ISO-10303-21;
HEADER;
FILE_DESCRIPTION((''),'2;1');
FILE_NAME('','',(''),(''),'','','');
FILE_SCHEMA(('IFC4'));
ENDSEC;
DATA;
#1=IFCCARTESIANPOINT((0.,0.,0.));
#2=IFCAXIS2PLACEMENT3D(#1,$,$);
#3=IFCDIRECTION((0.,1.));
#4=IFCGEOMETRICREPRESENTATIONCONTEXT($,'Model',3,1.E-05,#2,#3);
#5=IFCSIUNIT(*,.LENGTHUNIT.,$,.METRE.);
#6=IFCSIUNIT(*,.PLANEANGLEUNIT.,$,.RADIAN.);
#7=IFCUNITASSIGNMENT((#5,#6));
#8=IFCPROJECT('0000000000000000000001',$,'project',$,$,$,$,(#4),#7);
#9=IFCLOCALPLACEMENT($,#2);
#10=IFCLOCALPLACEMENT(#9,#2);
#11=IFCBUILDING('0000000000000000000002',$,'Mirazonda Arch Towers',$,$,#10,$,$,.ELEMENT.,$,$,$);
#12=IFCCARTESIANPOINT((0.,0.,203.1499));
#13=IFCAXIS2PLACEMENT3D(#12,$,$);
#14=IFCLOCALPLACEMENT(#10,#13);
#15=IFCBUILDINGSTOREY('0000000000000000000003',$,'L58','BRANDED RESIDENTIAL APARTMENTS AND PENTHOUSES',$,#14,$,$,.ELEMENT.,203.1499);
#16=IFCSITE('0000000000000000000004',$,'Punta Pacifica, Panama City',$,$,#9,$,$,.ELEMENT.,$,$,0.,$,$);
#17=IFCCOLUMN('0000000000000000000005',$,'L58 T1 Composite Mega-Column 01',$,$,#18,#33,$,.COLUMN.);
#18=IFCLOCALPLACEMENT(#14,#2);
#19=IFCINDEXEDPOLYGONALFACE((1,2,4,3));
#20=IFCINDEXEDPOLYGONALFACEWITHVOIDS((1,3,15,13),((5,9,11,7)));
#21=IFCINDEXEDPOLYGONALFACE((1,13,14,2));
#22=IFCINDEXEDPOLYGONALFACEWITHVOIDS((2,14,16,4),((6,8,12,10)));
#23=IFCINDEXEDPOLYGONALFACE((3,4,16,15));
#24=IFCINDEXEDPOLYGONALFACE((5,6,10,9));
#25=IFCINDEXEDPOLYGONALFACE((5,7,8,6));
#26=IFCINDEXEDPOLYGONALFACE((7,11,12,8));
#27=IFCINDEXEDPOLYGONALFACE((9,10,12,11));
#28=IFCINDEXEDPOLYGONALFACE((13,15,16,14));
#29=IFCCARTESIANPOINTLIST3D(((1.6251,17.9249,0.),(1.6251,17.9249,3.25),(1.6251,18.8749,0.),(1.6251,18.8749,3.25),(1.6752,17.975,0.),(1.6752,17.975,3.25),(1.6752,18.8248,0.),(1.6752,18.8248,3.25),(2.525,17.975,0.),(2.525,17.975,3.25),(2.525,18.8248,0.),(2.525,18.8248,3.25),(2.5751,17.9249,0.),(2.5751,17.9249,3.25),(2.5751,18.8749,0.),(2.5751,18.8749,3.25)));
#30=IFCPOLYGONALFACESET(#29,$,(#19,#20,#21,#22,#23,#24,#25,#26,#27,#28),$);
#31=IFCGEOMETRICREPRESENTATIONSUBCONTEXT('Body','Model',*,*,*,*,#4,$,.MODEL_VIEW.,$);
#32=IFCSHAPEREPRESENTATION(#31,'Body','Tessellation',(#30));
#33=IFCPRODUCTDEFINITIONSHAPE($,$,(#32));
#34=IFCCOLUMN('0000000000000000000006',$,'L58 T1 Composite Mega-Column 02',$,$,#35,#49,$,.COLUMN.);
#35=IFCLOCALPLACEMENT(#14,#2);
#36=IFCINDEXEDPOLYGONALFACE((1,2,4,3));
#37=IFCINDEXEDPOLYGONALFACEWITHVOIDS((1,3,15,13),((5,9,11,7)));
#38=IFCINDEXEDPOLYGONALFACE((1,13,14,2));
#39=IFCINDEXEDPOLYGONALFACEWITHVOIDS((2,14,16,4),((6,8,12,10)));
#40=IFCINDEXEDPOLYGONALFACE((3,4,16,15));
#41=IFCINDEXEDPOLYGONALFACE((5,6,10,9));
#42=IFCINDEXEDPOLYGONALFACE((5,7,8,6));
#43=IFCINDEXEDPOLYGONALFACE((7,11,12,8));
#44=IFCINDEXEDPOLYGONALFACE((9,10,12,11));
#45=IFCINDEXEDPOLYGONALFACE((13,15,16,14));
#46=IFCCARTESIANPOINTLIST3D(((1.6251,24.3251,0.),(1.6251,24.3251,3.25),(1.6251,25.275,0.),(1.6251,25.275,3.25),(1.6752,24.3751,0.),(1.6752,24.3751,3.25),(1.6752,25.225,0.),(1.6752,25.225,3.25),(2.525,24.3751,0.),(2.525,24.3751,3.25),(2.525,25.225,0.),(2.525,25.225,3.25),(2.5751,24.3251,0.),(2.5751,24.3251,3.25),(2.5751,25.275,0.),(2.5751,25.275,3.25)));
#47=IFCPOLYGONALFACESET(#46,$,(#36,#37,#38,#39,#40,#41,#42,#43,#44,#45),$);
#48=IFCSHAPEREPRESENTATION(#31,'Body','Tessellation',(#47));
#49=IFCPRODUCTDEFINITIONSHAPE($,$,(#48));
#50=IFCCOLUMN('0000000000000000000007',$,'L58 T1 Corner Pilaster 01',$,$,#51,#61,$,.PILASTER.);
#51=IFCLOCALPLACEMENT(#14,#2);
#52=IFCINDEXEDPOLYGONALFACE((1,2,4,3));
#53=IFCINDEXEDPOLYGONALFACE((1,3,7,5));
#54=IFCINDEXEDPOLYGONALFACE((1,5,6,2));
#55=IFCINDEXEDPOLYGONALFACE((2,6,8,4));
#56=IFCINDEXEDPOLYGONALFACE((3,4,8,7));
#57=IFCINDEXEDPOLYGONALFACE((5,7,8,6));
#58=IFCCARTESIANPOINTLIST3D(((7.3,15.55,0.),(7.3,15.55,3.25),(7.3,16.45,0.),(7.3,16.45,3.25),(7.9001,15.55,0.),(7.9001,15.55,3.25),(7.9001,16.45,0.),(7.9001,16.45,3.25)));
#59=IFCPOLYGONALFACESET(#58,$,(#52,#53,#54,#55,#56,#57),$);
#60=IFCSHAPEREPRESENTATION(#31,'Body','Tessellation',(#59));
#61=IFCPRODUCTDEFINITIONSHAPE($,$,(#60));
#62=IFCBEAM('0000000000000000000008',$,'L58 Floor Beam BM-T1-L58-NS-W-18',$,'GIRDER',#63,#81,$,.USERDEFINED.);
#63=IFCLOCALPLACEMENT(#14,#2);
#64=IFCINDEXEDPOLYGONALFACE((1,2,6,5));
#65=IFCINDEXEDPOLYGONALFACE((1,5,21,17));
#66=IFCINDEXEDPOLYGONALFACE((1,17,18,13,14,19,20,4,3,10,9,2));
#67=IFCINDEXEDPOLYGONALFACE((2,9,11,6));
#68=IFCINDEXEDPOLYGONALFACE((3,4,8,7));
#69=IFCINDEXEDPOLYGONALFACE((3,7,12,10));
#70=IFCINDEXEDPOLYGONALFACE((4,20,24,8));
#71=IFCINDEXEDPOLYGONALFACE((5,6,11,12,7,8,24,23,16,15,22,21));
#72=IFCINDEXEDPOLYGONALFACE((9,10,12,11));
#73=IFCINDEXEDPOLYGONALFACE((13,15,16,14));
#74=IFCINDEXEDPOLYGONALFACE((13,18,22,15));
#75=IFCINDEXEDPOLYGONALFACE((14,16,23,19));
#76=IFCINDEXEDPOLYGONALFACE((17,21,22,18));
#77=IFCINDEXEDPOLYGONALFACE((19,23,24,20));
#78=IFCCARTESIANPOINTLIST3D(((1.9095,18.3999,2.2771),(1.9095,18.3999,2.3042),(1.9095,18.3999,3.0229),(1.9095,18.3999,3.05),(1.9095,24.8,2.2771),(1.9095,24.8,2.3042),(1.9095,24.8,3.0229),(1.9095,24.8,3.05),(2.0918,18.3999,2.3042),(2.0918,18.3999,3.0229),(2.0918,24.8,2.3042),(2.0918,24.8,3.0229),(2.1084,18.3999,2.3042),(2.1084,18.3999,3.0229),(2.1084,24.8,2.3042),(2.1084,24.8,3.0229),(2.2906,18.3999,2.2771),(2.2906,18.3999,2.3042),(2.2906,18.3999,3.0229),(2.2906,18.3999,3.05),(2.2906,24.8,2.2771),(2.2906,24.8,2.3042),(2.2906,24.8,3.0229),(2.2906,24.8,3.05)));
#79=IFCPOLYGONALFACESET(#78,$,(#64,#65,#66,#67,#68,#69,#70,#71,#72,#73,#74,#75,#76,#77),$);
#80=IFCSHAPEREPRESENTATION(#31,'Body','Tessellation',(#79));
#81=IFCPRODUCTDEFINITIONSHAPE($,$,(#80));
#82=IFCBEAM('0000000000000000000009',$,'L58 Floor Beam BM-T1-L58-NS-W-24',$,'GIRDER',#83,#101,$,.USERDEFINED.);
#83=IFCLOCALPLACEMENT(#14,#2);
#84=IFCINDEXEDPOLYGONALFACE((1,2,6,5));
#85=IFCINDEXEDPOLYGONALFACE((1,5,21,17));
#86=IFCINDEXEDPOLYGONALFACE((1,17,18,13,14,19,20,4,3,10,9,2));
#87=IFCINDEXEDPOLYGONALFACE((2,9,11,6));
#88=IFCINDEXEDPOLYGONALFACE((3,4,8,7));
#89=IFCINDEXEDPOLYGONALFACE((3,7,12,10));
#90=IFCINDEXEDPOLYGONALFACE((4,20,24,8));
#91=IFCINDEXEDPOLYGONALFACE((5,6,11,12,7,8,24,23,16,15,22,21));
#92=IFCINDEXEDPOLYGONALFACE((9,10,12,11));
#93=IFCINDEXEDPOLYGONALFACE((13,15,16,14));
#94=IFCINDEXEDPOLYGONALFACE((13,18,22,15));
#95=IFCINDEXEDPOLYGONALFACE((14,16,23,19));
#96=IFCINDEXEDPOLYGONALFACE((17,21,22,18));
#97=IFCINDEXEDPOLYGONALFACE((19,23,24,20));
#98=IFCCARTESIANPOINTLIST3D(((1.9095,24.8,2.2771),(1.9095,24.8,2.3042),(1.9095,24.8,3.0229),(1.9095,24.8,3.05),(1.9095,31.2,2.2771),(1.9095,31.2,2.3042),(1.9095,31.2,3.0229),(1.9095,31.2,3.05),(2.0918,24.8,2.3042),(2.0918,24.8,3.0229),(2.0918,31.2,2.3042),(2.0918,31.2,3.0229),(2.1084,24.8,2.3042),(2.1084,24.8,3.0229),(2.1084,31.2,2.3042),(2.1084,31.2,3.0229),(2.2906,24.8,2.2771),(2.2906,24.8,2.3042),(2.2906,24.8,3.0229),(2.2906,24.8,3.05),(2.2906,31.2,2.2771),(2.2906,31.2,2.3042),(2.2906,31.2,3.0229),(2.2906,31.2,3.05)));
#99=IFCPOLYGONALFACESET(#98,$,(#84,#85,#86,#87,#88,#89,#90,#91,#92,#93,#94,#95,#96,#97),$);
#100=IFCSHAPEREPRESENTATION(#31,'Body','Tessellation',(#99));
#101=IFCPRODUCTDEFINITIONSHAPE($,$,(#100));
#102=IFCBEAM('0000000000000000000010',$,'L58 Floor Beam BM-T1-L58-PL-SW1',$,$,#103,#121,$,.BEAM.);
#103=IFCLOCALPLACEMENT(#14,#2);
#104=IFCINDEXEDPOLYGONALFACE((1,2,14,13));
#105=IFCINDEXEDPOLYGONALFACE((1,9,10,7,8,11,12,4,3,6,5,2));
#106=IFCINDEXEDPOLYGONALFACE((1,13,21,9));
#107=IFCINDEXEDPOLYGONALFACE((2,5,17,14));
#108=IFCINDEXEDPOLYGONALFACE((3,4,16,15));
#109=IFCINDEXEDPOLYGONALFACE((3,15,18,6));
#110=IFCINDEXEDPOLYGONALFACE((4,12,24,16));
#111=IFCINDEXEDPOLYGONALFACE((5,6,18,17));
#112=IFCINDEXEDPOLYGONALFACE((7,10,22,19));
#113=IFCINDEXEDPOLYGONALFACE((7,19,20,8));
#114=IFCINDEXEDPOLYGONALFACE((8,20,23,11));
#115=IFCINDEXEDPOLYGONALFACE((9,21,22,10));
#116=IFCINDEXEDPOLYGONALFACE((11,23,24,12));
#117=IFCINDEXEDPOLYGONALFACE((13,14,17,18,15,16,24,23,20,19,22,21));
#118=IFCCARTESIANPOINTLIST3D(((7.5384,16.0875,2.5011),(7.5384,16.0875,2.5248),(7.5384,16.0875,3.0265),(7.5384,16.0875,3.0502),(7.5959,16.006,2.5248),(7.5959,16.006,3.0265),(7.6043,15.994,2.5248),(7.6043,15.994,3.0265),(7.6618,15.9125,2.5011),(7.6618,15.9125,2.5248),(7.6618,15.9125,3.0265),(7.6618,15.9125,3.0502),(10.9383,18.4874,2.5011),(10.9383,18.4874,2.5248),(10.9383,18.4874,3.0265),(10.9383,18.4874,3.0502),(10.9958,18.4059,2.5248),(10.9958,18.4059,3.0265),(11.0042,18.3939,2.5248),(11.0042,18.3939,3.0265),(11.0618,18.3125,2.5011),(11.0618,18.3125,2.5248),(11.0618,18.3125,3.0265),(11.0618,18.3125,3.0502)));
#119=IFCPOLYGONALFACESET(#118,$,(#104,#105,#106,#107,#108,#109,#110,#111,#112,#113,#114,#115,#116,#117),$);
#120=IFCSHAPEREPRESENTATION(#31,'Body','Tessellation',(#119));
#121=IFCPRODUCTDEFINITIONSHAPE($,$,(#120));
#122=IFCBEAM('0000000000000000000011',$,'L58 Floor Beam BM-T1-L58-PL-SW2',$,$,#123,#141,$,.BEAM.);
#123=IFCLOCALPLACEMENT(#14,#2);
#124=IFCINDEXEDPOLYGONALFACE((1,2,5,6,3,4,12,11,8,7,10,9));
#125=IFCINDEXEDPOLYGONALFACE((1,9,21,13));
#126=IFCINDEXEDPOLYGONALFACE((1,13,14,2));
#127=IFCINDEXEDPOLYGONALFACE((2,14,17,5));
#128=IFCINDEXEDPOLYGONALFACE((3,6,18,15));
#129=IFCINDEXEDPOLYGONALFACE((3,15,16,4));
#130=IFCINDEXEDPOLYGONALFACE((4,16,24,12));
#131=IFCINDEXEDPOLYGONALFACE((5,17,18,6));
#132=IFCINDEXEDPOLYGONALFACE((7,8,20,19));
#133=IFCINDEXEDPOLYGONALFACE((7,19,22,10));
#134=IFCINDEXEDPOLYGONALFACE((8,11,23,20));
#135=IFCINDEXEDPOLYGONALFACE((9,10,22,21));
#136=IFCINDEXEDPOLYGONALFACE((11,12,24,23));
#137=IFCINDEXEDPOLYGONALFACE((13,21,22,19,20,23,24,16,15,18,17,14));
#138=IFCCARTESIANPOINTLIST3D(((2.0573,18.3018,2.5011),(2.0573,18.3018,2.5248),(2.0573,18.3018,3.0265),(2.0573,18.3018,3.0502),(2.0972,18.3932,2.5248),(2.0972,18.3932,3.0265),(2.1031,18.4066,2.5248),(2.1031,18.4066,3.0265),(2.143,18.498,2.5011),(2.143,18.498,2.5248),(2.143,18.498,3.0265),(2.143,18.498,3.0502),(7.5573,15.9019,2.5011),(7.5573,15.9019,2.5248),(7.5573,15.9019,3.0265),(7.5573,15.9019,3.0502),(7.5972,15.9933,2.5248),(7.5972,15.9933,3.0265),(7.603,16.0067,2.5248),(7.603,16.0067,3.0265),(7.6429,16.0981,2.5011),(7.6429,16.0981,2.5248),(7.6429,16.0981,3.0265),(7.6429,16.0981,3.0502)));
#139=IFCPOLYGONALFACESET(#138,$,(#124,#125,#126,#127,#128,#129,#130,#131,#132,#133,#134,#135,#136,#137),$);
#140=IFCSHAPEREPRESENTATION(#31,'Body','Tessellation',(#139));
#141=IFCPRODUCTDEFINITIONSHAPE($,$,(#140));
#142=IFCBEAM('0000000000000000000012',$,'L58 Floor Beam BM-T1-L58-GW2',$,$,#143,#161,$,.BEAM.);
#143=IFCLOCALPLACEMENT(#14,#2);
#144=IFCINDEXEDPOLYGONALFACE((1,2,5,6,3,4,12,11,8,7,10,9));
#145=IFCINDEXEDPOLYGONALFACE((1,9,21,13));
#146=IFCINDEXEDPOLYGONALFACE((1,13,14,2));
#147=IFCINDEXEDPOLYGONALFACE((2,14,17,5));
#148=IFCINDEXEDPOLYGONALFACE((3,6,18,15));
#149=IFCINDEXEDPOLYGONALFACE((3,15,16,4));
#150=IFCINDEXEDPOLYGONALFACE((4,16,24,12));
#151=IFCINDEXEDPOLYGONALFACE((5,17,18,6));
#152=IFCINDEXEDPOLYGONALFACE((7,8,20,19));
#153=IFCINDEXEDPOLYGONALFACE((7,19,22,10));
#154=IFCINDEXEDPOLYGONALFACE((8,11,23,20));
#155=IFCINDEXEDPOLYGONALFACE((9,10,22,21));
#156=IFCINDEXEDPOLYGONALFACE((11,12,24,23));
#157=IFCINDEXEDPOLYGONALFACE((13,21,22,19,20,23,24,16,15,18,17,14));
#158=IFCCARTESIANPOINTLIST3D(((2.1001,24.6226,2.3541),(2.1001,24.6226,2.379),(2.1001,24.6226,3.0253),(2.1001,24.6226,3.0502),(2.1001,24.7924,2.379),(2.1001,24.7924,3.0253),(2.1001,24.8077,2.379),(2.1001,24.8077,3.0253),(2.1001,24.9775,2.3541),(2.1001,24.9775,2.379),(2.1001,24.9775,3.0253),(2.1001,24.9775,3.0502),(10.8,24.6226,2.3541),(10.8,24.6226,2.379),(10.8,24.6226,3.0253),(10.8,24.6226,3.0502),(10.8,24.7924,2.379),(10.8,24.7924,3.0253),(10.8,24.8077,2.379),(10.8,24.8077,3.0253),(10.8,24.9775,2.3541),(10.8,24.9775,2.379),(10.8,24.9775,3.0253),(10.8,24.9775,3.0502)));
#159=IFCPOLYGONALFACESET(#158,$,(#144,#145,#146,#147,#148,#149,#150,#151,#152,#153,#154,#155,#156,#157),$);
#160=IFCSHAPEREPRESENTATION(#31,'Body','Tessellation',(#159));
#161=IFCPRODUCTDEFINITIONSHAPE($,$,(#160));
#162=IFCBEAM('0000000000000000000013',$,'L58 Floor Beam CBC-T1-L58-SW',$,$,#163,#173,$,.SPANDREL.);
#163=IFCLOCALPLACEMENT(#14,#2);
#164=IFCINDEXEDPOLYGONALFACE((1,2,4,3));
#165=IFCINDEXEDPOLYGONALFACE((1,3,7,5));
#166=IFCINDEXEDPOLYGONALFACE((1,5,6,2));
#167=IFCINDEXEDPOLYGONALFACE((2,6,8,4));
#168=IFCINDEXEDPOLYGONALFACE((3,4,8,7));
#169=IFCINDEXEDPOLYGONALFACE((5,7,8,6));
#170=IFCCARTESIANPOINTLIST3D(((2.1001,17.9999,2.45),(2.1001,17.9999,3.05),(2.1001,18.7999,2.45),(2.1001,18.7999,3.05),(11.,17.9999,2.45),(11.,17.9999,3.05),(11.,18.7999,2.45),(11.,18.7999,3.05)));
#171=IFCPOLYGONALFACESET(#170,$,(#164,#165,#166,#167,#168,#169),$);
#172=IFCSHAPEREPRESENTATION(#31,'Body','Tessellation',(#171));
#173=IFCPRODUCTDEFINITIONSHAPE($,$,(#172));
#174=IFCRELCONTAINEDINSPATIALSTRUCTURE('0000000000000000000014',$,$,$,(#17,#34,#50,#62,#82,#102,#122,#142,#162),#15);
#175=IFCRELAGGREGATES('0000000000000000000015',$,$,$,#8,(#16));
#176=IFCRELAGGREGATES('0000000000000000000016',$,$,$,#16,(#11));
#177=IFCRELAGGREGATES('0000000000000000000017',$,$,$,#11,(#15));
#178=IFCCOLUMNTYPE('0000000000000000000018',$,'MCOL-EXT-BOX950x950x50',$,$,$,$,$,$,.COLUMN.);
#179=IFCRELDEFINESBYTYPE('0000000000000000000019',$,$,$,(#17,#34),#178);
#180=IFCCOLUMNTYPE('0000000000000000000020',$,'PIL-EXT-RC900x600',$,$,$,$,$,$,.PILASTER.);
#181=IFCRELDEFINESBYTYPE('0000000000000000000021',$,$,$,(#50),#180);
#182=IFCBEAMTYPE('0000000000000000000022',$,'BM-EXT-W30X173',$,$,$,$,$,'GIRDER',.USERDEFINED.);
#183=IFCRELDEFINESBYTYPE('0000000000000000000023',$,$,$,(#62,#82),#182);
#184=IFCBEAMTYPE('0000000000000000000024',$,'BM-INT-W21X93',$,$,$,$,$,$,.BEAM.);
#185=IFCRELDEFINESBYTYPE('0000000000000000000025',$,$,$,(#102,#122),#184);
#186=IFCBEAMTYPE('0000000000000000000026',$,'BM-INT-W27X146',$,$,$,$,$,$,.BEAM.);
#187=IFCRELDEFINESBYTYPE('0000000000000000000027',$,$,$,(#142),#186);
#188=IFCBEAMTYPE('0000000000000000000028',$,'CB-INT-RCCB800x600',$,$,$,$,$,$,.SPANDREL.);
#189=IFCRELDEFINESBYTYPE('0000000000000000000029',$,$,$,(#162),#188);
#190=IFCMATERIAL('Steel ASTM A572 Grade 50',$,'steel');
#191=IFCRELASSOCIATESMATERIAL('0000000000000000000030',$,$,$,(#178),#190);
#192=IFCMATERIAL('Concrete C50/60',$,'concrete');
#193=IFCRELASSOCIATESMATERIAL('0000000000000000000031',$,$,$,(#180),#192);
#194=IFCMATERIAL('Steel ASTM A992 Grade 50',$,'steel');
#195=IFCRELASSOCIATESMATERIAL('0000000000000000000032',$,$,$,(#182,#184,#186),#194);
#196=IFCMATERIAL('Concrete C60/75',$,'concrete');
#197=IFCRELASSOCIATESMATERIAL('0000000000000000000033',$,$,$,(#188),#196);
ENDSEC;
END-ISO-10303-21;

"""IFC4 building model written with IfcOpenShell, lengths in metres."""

from ifc_helpers import new_model, si_unit, direction, frame, origin, origin_2d, place, context, subcontext, project, spatial, rectangle, hollow_rectangle, i_section, extrude, material, material_profile, profile_set, type_object, element, save


model = new_model("IFC4")

# Units and contexts
model_context = context("Model", 3, precision=1e-05, world=origin(), true_north=direction((0.0, 1.0)))
body_context = subcontext(model_context, "Body", "Model", "MODEL_VIEW")
ifc_project = project(units=[si_unit("LENGTHUNIT", "METRE"), si_unit("PLANEANGLEUNIT", "RADIAN")], contexts=[model_context])

# Site, building, storey
site_placement = place(None, origin())
site = spatial("IfcSite", under=ifc_project, at=site_placement, Name="Punta Pacifica, Panama City", CompositionType="ELEMENT", RefElevation=0.0)
building_placement = place(site_placement, origin())
building = spatial("IfcBuilding", under=site, at=building_placement, Name="Mirazonda Arch Towers", CompositionType="ELEMENT")
storey_placement = place(building_placement, frame((0.0, 0.0, 203.1499)))
storey = spatial("IfcBuildingStorey", under=building, at=storey_placement, Name="L58", Description="BRANDED RESIDENTIAL APARTMENTS AND PENTHOUSES", CompositionType="ELEMENT", Elevation=203.1499)

# Columns
ifc_material_1 = material(Name="Steel ASTM A572 Grade 50", Category="steel")
ifc_material_profile_1 = material_profile(ifc_material_1, hollow_rectangle(XDim=0.95, YDim=0.95, WallThickness=0.05, at=origin_2d()), Name="BOX950x950x50")
ifc_profile_set_1 = profile_set([ifc_material_profile_1], Name="Steel ASTM A572 Grade 50")
column_type_1 = type_object("IfcColumnType", Name="MCOL-EXT-BOX950x950x50", PredefinedType="COLUMN", material=ifc_profile_set_1)
for number, where, z_axis, x_axis, name in (
    (1, (2.1001, 18.3999, 0.0), (0.0, 0.0, 1.0), (1.0, 0.0, 0.0), "L58 T1 Composite Mega-Column 01"),
    (2, (2.1001, 24.8, 0.0), (0.0, 0.0, 1.0), (1.0, 0.0, 0.0), "L58 T1 Composite Mega-Column 02"),
):
    element("IfcColumn", number, at=place(storey_placement, frame(where, z_axis=z_axis, x_axis=x_axis)), inside=storey, type_object=column_type_1, Name=name, PredefinedType="COLUMN", context=body_context, shape_type="SweptSolid", body=[
        extrude(hollow_rectangle(XDim=0.95, YDim=0.95, WallThickness=0.05, at=origin_2d()), origin(), (0.0, 0.0, 1.0), 3.25),
    ])
ifc_material_2 = material(Name="Concrete C50/60", Category="concrete")
ifc_material_profile_2 = material_profile(ifc_material_2, rectangle(XDim=0.6001, YDim=0.8999, at=origin_2d()), Name="RC900x600")
ifc_profile_set_2 = profile_set([ifc_material_profile_2], Name="Concrete C50/60")
column_type_2 = type_object("IfcColumnType", Name="PIL-EXT-RC900x600", PredefinedType="PILASTER", material=ifc_profile_set_2)
column_placement = place(storey_placement, frame((7.6001, 16.0, 0.0), z_axis=(0.0, 0.0, 1.0), x_axis=(1.0, 0.0, 0.0)))
element("IfcColumn", 3, at=column_placement, inside=storey, type_object=column_type_2, Name="L58 T1 Corner Pilaster 01", PredefinedType="PILASTER", context=body_context, shape_type="SweptSolid", body=[
    extrude(rectangle(XDim=0.6001, YDim=0.8999, at=origin_2d()), origin(), (0.0, 0.0, 1.0), 3.25),
])

# Beams
ifc_material_3 = material(Name="Steel ASTM A992 Grade 50", Category="steel")
ifc_material_profile_3 = material_profile(ifc_material_3, i_section(OverallWidth=0.3811, OverallDepth=0.7729, WebThickness=0.0166, FlangeThickness=0.0271, at=origin_2d()), Name="W30X173")
ifc_profile_set_3 = profile_set([ifc_material_profile_3], Name="Steel ASTM A992 Grade 50")
beam_type_1 = type_object("IfcBeamType", Name="BM-EXT-W30X173", ElementType="GIRDER", PredefinedType="USERDEFINED", material=ifc_profile_set_3)
beam_1_placement = place(storey_placement, frame((2.1001, 18.3999, 2.6636), z_axis=(0.0, 1.0, 0.0), x_axis=(-1.0, 0.0, 0.0)))
element("IfcBeam", 4, at=beam_1_placement, inside=storey, type_object=beam_type_1, Name="L58 Floor Beam BM-T1-L58-NS-W-18", ObjectType="GIRDER", PredefinedType="USERDEFINED", context=body_context, shape_type="SweptSolid", body=[
    extrude(i_section(OverallWidth=0.3811, OverallDepth=0.7729, WebThickness=0.0166, FlangeThickness=0.0271, at=origin_2d()), origin(), (0.0, 0.0, 1.0), 6.4001),
])
beam_2_placement = place(storey_placement, frame((2.1001, 24.8, 2.6636), z_axis=(0.0, 1.0, 0.0), x_axis=(-1.0, 0.0, 0.0)))
element("IfcBeam", 5, at=beam_2_placement, inside=storey, type_object=beam_type_1, Name="L58 Floor Beam BM-T1-L58-NS-W-24", ObjectType="GIRDER", PredefinedType="USERDEFINED", context=body_context, shape_type="SweptSolid", body=[
    extrude(i_section(OverallWidth=0.3811, OverallDepth=0.7729, WebThickness=0.0166, FlangeThickness=0.0271, at=origin_2d()), origin(), (0.0, 0.0, 1.0), 6.3999),
])
ifc_material_profile_4 = material_profile(ifc_material_3, i_section(OverallWidth=0.2141, OverallDepth=0.5491, WebThickness=0.0146, FlangeThickness=0.0237, at=origin_2d()), Name="W21X93")
ifc_profile_set_4 = profile_set([ifc_material_profile_4], Name="Steel ASTM A992 Grade 50")
beam_type_2 = type_object("IfcBeamType", Name="BM-INT-W21X93", PredefinedType="BEAM", material=ifc_profile_set_4)
beam_3_placement = place(storey_placement, frame((7.6001, 16.0, 2.7756), z_axis=(0.816971, 0.576679, 0.0), x_axis=(-0.576679, 0.816971, 0.0)))
element("IfcBeam", 6, at=beam_3_placement, inside=storey, type_object=beam_type_2, Name="L58 Floor Beam BM-T1-L58-PL-SW1", PredefinedType="BEAM", context=body_context, shape_type="SweptSolid", body=[
    extrude(i_section(OverallWidth=0.2141, OverallDepth=0.5491, WebThickness=0.0146, FlangeThickness=0.0237, at=origin_2d()), origin(), (0.0, 0.0, 1.0), 4.1616),
])
beam_4_placement = place(storey_placement, frame((7.6001, 16.0, 2.7756), z_axis=(-0.916545, 0.399931, 0.0), x_axis=(-0.399931, -0.916545, 0.0)))
element("IfcBeam", 7, at=beam_4_placement, inside=storey, type_object=beam_type_2, Name="L58 Floor Beam BM-T1-L58-PL-SW2", PredefinedType="BEAM", context=body_context, shape_type="SweptSolid", body=[
    extrude(i_section(OverallWidth=0.2141, OverallDepth=0.5491, WebThickness=0.0146, FlangeThickness=0.0237, at=origin_2d()), origin(), (0.0, 0.0, 1.0), 6.0007),
])
ifc_material_profile_5 = material_profile(ifc_material_3, i_section(OverallWidth=0.355, OverallDepth=0.696, WebThickness=0.0154, FlangeThickness=0.0249, at=origin_2d()), Name="W27X146")
ifc_profile_set_5 = profile_set([ifc_material_profile_5], Name="Steel ASTM A992 Grade 50")
beam_type_3 = type_object("IfcBeamType", Name="BM-INT-W27X146", PredefinedType="BEAM", material=ifc_profile_set_5)
beam_5_placement = place(storey_placement, frame((2.1001, 24.8, 2.7021), z_axis=(1.0, 0.0, 0.0), x_axis=(0.0, 1.0, 0.0)))
element("IfcBeam", 8, at=beam_5_placement, inside=storey, type_object=beam_type_3, Name="L58 Floor Beam BM-T1-L58-GW2", PredefinedType="BEAM", context=body_context, shape_type="SweptSolid", body=[
    extrude(i_section(OverallWidth=0.355, OverallDepth=0.696, WebThickness=0.0154, FlangeThickness=0.0249, at=origin_2d()), origin(), (0.0, 0.0, 1.0), 8.7),
])
ifc_material_4 = material(Name="Concrete C60/75", Category="concrete")
ifc_material_profile_6 = material_profile(ifc_material_4, rectangle(XDim=0.8, YDim=0.6001, at=origin_2d()), Name="RCCB800x600")
ifc_profile_set_6 = profile_set([ifc_material_profile_6], Name="Concrete C60/75")
beam_type_4 = type_object("IfcBeamType", Name="CB-INT-RCCB800x600", PredefinedType="SPANDREL", material=ifc_profile_set_6)
beam_6_placement = place(storey_placement, frame((2.1001, 18.3999, 2.75), z_axis=(1.0, 0.0, 0.0), x_axis=(0.0, 1.0, 0.0)))
element("IfcBeam", 9, at=beam_6_placement, inside=storey, type_object=beam_type_4, Name="L58 Floor Beam CBC-T1-L58-SW", PredefinedType="SPANDREL", context=body_context, shape_type="SweptSolid", body=[
    extrude(rectangle(XDim=0.8, YDim=0.6001, at=origin_2d()), origin(), (0.0, 0.0, 1.0), 8.8999),
])

save(model, "model.ifc")
